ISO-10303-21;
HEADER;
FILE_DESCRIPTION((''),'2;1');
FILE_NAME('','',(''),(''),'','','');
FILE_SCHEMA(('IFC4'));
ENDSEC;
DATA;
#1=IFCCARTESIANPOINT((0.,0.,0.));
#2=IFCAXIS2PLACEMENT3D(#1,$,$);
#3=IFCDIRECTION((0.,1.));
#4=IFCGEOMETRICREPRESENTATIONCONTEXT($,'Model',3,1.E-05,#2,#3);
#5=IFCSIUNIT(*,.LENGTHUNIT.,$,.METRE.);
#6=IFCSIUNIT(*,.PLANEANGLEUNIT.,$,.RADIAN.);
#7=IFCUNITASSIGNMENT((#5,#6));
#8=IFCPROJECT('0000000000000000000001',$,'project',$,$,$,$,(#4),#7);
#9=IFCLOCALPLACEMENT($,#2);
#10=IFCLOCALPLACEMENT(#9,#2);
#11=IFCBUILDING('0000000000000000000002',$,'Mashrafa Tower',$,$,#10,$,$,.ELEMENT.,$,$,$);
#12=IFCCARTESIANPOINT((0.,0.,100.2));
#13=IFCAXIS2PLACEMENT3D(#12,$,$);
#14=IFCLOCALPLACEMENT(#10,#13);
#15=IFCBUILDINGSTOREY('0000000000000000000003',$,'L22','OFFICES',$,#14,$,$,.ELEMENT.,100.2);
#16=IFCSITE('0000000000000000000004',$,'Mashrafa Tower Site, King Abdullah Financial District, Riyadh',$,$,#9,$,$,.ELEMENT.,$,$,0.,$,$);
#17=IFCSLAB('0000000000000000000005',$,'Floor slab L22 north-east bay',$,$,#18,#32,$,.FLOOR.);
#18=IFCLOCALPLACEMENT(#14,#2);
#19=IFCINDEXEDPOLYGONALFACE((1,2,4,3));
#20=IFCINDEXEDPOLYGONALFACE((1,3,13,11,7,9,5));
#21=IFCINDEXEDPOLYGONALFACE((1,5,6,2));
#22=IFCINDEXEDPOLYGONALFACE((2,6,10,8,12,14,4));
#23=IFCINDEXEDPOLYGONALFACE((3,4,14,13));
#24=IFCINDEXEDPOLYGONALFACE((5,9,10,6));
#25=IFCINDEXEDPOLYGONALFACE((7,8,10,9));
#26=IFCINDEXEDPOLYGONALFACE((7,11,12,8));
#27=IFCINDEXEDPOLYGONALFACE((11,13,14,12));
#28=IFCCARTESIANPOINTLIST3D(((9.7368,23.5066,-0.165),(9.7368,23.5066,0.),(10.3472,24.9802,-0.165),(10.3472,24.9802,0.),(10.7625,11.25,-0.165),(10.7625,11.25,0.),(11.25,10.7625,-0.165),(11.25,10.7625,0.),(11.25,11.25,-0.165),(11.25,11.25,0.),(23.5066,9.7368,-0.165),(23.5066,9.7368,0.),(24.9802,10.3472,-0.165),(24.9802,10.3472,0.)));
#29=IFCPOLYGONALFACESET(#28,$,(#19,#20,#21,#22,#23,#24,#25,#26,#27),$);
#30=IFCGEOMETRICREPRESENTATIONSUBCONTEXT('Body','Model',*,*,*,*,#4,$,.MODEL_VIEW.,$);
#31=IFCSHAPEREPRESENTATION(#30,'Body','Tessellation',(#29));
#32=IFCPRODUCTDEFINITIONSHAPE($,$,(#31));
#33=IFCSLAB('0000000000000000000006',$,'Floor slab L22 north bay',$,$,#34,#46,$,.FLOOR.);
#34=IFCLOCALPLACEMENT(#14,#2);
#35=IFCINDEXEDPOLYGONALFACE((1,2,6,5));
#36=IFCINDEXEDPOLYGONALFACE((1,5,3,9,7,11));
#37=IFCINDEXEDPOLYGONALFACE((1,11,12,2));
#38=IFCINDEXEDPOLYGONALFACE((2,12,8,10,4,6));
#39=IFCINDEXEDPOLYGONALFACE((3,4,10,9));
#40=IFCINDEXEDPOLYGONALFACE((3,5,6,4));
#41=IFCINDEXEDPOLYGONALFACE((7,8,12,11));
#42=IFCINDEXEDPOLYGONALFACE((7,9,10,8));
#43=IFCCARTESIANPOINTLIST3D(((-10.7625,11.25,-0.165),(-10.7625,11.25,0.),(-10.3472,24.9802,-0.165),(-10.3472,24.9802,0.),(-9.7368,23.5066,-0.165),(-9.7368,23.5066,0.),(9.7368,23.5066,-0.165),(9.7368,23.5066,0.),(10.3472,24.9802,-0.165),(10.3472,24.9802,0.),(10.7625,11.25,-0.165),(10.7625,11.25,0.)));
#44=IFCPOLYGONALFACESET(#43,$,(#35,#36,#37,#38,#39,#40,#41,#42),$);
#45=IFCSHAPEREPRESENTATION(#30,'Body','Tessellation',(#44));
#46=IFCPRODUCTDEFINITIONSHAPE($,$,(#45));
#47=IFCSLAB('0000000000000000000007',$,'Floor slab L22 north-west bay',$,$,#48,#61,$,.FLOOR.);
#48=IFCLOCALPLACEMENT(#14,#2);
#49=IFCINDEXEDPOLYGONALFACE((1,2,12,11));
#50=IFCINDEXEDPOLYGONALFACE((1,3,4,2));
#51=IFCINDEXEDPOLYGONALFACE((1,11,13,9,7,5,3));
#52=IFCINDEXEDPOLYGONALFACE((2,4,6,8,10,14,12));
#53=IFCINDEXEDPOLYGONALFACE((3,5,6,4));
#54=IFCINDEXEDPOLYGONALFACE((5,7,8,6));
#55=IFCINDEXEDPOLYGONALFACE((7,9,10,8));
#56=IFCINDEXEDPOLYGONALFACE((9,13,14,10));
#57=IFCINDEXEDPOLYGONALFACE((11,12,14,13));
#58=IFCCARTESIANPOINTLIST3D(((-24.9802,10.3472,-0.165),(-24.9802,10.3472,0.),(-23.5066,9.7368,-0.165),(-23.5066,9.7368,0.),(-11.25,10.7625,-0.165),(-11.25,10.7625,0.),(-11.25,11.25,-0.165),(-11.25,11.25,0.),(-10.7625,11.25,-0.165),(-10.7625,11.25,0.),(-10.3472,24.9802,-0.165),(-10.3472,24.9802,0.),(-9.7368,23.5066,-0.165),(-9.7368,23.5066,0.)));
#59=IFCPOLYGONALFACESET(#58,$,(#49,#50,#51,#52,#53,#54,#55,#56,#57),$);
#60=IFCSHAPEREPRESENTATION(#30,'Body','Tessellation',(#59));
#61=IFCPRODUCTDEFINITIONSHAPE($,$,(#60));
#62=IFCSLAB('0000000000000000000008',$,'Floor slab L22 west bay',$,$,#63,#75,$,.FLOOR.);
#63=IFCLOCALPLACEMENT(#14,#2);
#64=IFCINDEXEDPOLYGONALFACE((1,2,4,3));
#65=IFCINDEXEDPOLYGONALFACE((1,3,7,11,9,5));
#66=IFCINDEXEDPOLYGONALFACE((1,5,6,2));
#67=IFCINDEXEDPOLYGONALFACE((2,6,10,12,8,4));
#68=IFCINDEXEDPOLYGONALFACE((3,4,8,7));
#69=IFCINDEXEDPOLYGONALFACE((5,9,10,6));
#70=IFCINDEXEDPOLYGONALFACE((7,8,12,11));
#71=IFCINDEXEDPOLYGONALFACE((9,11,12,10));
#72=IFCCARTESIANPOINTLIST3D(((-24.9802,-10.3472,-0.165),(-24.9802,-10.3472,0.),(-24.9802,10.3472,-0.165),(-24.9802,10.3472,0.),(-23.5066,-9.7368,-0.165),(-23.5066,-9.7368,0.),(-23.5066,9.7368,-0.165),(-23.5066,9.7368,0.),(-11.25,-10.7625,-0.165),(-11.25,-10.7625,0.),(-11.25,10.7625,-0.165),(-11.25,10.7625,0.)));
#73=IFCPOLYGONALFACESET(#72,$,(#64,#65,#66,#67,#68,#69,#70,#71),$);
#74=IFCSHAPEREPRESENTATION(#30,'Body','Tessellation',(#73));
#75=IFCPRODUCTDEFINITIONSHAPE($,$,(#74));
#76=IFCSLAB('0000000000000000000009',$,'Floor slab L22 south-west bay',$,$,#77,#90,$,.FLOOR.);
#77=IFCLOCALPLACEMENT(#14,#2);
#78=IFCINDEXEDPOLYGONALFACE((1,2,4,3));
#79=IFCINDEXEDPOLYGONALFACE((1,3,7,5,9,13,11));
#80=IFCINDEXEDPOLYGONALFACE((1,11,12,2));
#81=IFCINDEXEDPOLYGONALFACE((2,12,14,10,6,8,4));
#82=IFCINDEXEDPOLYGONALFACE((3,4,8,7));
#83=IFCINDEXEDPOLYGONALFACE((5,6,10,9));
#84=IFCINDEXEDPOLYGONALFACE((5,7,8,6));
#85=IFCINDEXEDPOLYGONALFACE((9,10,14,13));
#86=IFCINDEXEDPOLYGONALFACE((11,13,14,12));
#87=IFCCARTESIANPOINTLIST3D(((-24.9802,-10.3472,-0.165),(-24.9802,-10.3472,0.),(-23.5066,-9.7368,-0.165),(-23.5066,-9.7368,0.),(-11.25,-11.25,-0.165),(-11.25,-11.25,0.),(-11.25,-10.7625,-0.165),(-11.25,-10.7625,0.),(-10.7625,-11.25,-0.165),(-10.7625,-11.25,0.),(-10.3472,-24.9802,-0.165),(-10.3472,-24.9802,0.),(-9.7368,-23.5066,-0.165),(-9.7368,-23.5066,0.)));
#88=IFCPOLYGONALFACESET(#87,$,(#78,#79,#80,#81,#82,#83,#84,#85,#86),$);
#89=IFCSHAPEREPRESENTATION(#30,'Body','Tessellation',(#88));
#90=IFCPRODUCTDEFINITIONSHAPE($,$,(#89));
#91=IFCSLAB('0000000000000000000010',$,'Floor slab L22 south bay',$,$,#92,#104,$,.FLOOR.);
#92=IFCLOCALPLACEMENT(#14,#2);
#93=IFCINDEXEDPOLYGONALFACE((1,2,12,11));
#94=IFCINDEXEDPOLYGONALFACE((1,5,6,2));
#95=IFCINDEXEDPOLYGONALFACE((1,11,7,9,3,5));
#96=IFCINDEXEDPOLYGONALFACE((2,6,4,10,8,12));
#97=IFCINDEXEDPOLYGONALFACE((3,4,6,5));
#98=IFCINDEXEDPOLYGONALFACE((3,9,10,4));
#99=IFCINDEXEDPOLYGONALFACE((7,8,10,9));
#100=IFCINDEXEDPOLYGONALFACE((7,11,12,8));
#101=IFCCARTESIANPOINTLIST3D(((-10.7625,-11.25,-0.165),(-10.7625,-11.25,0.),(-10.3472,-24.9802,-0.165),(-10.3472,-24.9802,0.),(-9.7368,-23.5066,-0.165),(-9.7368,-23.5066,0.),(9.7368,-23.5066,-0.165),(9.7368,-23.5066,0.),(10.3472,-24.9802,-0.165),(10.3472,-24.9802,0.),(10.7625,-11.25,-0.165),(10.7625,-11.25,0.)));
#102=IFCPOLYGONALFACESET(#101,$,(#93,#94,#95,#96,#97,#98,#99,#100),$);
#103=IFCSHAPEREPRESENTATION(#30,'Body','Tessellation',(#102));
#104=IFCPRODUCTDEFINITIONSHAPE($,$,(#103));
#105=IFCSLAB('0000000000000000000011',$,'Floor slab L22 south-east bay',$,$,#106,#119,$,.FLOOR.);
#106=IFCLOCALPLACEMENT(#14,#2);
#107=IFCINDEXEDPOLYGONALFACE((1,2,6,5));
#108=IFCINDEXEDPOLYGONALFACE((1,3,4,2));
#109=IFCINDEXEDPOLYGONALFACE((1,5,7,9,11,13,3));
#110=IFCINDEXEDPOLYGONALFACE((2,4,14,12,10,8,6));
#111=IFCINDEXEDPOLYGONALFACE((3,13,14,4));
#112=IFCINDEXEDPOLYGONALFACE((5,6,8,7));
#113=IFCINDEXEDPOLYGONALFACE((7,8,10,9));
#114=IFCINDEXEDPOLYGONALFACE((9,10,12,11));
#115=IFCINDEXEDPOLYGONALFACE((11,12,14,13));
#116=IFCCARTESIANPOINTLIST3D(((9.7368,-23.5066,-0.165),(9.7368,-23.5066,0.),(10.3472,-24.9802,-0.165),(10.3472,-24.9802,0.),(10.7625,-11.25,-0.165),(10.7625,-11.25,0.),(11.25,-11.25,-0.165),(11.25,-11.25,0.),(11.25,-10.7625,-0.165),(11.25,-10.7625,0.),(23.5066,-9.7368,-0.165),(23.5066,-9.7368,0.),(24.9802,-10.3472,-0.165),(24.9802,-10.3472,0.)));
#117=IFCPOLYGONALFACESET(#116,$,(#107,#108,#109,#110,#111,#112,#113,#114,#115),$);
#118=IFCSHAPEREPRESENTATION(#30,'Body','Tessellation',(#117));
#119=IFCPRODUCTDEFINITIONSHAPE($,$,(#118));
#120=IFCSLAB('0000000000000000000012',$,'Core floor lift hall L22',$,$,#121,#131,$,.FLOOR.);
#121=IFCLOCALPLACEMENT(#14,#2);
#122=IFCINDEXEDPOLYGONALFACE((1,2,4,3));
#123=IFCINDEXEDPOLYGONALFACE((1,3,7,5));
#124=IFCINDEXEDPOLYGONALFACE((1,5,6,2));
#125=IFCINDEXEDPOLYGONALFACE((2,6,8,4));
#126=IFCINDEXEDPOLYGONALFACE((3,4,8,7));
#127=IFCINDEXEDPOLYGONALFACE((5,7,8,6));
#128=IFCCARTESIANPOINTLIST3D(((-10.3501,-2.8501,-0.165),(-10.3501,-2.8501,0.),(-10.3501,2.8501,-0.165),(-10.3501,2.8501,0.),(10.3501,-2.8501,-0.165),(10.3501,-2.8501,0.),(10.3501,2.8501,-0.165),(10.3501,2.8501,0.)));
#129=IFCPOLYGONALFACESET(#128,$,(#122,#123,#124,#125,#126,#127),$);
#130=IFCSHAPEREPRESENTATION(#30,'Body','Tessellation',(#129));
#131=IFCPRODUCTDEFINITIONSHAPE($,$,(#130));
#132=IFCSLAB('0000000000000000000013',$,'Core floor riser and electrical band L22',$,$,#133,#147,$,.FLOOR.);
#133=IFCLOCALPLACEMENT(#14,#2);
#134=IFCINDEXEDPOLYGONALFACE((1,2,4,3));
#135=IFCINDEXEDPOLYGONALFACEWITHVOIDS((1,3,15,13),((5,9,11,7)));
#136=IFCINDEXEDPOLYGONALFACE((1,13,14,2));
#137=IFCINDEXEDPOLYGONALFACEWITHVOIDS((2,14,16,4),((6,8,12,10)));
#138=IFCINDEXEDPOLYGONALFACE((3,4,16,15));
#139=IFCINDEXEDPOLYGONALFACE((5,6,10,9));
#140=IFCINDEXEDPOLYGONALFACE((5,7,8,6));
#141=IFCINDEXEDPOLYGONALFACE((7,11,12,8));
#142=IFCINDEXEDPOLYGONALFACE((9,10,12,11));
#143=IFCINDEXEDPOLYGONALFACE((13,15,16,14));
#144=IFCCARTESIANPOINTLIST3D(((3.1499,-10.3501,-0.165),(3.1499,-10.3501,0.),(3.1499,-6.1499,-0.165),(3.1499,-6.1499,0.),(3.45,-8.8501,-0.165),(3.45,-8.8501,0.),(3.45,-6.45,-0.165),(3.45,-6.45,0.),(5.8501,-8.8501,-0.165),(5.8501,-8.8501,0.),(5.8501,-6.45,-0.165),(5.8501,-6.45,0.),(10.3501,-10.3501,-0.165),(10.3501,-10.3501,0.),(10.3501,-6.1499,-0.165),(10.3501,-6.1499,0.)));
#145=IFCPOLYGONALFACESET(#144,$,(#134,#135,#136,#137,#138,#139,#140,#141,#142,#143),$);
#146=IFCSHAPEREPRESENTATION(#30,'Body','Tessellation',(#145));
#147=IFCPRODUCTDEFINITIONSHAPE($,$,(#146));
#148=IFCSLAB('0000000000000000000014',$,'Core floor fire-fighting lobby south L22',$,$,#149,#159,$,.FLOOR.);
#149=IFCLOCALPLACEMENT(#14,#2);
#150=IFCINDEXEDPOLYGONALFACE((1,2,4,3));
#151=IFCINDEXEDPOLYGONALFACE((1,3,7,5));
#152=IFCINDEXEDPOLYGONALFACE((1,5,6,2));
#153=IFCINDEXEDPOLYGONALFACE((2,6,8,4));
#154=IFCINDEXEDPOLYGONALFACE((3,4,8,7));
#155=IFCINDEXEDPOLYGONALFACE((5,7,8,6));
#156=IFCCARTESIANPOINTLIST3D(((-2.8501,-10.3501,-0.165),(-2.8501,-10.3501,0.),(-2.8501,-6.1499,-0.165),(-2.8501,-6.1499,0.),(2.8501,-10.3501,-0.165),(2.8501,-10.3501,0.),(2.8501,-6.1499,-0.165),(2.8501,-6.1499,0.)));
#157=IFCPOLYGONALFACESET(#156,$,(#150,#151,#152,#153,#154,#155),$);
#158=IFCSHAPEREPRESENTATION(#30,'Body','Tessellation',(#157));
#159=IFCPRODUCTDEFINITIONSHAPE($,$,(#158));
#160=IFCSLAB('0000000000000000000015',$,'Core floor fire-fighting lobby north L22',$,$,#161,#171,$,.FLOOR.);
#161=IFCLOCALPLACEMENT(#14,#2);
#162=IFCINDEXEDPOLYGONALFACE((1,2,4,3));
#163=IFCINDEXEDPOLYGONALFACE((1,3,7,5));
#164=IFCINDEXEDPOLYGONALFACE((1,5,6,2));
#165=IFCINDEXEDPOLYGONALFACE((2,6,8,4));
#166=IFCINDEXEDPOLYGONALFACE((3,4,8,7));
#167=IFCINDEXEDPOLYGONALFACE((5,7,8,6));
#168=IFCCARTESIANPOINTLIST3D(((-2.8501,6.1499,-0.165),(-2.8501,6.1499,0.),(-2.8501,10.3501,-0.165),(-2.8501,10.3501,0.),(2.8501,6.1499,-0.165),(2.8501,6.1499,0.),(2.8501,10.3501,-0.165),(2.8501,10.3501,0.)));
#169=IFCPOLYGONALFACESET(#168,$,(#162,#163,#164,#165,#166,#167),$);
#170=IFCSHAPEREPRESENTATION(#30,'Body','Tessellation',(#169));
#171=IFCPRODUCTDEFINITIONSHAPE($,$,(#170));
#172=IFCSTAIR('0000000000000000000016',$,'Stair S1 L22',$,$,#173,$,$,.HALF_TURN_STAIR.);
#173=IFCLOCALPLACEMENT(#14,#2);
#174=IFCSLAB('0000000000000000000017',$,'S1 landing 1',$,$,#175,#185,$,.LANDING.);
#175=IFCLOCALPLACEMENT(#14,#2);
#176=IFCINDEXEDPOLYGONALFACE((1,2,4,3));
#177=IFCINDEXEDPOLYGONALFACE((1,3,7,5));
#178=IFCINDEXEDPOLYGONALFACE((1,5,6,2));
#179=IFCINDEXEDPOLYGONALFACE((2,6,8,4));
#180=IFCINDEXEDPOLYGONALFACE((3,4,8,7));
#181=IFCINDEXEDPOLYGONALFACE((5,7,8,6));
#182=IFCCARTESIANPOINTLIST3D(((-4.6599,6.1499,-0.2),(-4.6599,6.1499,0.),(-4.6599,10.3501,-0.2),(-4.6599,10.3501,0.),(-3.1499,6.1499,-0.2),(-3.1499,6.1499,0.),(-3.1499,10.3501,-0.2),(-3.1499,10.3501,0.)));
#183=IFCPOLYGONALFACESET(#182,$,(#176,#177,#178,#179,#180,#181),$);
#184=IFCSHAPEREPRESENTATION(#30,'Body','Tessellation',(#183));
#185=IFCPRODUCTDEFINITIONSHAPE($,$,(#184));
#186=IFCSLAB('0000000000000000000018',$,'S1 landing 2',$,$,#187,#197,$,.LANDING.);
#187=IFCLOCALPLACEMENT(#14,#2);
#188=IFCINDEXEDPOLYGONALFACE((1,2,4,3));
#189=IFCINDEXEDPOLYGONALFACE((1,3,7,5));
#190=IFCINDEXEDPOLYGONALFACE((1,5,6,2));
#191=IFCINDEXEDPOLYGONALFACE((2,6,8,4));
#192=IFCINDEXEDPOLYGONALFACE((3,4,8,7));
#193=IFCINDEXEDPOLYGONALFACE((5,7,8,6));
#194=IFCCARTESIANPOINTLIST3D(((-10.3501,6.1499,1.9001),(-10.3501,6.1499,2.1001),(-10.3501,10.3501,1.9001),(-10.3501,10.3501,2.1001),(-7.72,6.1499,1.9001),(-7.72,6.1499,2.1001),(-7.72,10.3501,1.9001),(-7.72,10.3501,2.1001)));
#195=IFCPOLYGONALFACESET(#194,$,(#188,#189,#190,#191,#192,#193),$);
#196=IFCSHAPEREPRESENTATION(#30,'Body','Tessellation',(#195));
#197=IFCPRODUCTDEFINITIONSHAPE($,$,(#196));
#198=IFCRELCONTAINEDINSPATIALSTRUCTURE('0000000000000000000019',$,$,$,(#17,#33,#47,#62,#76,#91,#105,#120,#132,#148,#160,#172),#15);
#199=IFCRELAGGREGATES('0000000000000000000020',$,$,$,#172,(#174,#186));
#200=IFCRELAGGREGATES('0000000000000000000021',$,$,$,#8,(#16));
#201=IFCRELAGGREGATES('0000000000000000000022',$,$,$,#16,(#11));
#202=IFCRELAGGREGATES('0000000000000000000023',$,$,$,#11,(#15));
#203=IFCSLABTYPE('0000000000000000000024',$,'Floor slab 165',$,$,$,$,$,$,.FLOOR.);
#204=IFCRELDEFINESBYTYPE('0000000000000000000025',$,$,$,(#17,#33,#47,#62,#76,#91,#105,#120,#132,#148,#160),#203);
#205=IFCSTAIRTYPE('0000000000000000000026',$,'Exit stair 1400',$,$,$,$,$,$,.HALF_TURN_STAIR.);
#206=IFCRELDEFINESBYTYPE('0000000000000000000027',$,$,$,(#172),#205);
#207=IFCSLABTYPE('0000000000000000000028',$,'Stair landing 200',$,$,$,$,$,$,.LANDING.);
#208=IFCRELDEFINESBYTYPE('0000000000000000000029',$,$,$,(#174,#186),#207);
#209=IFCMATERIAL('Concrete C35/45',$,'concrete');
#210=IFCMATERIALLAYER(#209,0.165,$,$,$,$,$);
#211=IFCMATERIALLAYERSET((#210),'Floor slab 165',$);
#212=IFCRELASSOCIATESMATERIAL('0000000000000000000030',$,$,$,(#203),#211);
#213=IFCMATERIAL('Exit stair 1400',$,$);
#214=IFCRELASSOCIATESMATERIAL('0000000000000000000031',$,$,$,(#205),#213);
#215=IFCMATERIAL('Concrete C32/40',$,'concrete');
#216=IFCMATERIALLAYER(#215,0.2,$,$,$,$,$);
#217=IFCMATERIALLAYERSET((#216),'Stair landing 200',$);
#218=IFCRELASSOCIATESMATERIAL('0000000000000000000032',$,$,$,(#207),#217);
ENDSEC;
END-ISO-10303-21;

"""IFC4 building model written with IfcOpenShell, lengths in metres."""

from ifc_helpers import new_model, si_unit, direction, frame, origin, place, context, subcontext, project, spatial, polyline, outline, extrude, material, layer, layer_set, type_object, element, aggregate, save


model = new_model("IFC4")

# Units and contexts
model_context = context("Model", 3, precision=1e-05, world=origin(), true_north=direction((0.0, 1.0)))
body_context = subcontext(model_context, "Body", "Model", "MODEL_VIEW")
ifc_project = project(units=[si_unit("LENGTHUNIT", "METRE"), si_unit("PLANEANGLEUNIT", "RADIAN")], contexts=[model_context])

# Site, building, storey
site_placement = place(None, origin())
site = spatial("IfcSite", under=ifc_project, at=site_placement, Name="Mashrafa Tower Site, King Abdullah Financial District, Riyadh", CompositionType="ELEMENT", RefElevation=0.0)
building_placement = place(site_placement, origin())
building = spatial("IfcBuilding", under=site, at=building_placement, Name="Mashrafa Tower", CompositionType="ELEMENT")
storey_placement = place(building_placement, frame((0.0, 0.0, 100.2)))
storey = spatial("IfcBuildingStorey", under=building, at=storey_placement, Name="L22", Description="OFFICES", CompositionType="ELEMENT", Elevation=100.2)

# Slabs
ifc_material_1 = material(Name="Concrete C35/45", Category="concrete")
ifc_layer_1 = layer(ifc_material_1, 0.165)
ifc_layer_set_1 = layer_set([ifc_layer_1], Name="Floor slab 165")
slab_type_1 = type_object("IfcSlabType", Name="Floor slab 165", PredefinedType="FLOOR", material=ifc_layer_set_1)
slab_1_placement = place(storey_placement, frame((0.0, 0.0, -0.165)))
element("IfcSlab", 1, at=slab_1_placement, inside=storey, type_object=slab_type_1, Name="Floor slab L22 north-east bay", PredefinedType="FLOOR", context=body_context, shape_type="SweptSolid", body=[
    extrude(outline(polyline([(24.9802, 10.3472), (23.5066, 9.7368), (11.25, 10.7625), (11.25, 11.25), (10.7625, 11.25), (9.7368, 23.5066), (10.3472, 24.9802), (24.9802, 10.3472)])), origin(), (0.0, 0.0, 1.0), 0.165),
])
slab_2_placement = place(storey_placement, frame((0.0, 0.0, -0.165)))
element("IfcSlab", 2, at=slab_2_placement, inside=storey, type_object=slab_type_1, Name="Floor slab L22 north bay", PredefinedType="FLOOR", context=body_context, shape_type="SweptSolid", body=[
    extrude(outline(polyline([(-10.3472, 24.9802), (10.3472, 24.9802), (10.3472, 24.9802), (9.7368, 23.5066), (10.7625, 11.25), (-10.7625, 11.25), (-9.7368, 23.5066), (-10.3472, 24.9802), (-10.3472, 24.9802)])), origin(), (0.0, 0.0, 1.0), 0.165),
])
slab_3_placement = place(storey_placement, frame((0.0, 0.0, -0.165)))
element("IfcSlab", 3, at=slab_3_placement, inside=storey, type_object=slab_type_1, Name="Floor slab L22 north-west bay", PredefinedType="FLOOR", context=body_context, shape_type="SweptSolid", body=[
    extrude(outline(polyline([(-10.3472, 24.9802), (-9.7368, 23.5066), (-10.7625, 11.25), (-11.25, 11.25), (-11.25, 10.7625), (-23.5066, 9.7368), (-24.9802, 10.3472), (-10.3472, 24.9802)])), origin(), (0.0, 0.0, 1.0), 0.165),
])
slab_4_placement = place(storey_placement, frame((0.0, 0.0, -0.165)))
element("IfcSlab", 4, at=slab_4_placement, inside=storey, type_object=slab_type_1, Name="Floor slab L22 west bay", PredefinedType="FLOOR", context=body_context, shape_type="SweptSolid", body=[
    extrude(outline(polyline([(-24.9802, -10.3472), (-24.9802, 10.3472), (-24.9802, 10.3472), (-23.5066, 9.7368), (-11.25, 10.7625), (-11.25, -10.7625), (-23.5066, -9.7368), (-24.9802, -10.3472), (-24.9802, -10.3472)])), origin(), (0.0, 0.0, 1.0), 0.165),
])
slab_5_placement = place(storey_placement, frame((0.0, 0.0, -0.165)))
element("IfcSlab", 5, at=slab_5_placement, inside=storey, type_object=slab_type_1, Name="Floor slab L22 south-west bay", PredefinedType="FLOOR", context=body_context, shape_type="SweptSolid", body=[
    extrude(outline(polyline([(-24.9802, -10.3472), (-23.5066, -9.7368), (-11.25, -10.7625), (-11.25, -11.25), (-10.7625, -11.25), (-9.7368, -23.5066), (-10.3472, -24.9802), (-24.9802, -10.3472)])), origin(), (0.0, 0.0, 1.0), 0.165),
])
slab_6_placement = place(storey_placement, frame((0.0, 0.0, -0.165)))
element("IfcSlab", 6, at=slab_6_placement, inside=storey, type_object=slab_type_1, Name="Floor slab L22 south bay", PredefinedType="FLOOR", context=body_context, shape_type="SweptSolid", body=[
    extrude(outline(polyline([(-10.3472, -24.9802), (-10.3472, -24.9802), (-9.7368, -23.5066), (-10.7625, -11.25), (10.7625, -11.25), (9.7368, -23.5066), (10.3472, -24.9802), (10.3472, -24.9802), (-10.3472, -24.9802)])), origin(), (0.0, 0.0, 1.0), 0.165),
])
slab_7_placement = place(storey_placement, frame((0.0, 0.0, -0.165)))
element("IfcSlab", 7, at=slab_7_placement, inside=storey, type_object=slab_type_1, Name="Floor slab L22 south-east bay", PredefinedType="FLOOR", context=body_context, shape_type="SweptSolid", body=[
    extrude(outline(polyline([(10.3472, -24.9802), (9.7368, -23.5066), (10.7625, -11.25), (11.25, -11.25), (11.25, -10.7625), (23.5066, -9.7368), (24.9802, -10.3472), (10.3472, -24.9802)])), origin(), (0.0, 0.0, 1.0), 0.165),
])
slab_8_placement = place(storey_placement, frame((0.0, 0.0, -0.165)))
element("IfcSlab", 8, at=slab_8_placement, inside=storey, type_object=slab_type_1, Name="Core floor lift hall L22", PredefinedType="FLOOR", context=body_context, shape_type="SweptSolid", body=[
    extrude(outline(polyline([(-10.3501, 2.8501), (10.3501, 2.8501), (10.3501, -2.8501), (-10.3501, -2.8501), (-10.3501, 2.8501)])), origin(), (0.0, 0.0, 1.0), 0.165),
])
slab_9_placement = place(storey_placement, frame((0.0, 0.0, -0.165)))
element("IfcSlab", 9, at=slab_9_placement, inside=storey, type_object=slab_type_1, Name="Core floor riser and electrical band L22", PredefinedType="FLOOR", context=body_context, shape_type="SweptSolid", body=[
    extrude(outline(polyline([(10.3501, -6.1499), (10.3501, -10.3501), (3.1499, -10.3501), (3.1499, -6.1499), (10.3501, -6.1499)]), holes=[polyline([(3.45, -8.8501), (5.8501, -8.8501), (5.8501, -6.45), (3.45, -6.45), (3.45, -8.8501)])]), origin(), (0.0, 0.0, 1.0), 0.165),
])
slab_10_placement = place(storey_placement, frame((0.0, 0.0, -0.165)))
element("IfcSlab", 10, at=slab_10_placement, inside=storey, type_object=slab_type_1, Name="Core floor fire-fighting lobby south L22", PredefinedType="FLOOR", context=body_context, shape_type="SweptSolid", body=[
    extrude(outline(polyline([(2.8501, -6.1499), (2.8501, -10.3501), (-2.8501, -10.3501), (-2.8501, -6.1499), (2.8501, -6.1499)])), origin(), (0.0, 0.0, 1.0), 0.165),
])
slab_11_placement = place(storey_placement, frame((0.0, 0.0, -0.165)))
element("IfcSlab", 11, at=slab_11_placement, inside=storey, type_object=slab_type_1, Name="Core floor fire-fighting lobby north L22", PredefinedType="FLOOR", context=body_context, shape_type="SweptSolid", body=[
    extrude(outline(polyline([(-2.8501, 10.3501), (2.8501, 10.3501), (2.8501, 6.1499), (-2.8501, 6.1499), (-2.8501, 10.3501)])), origin(), (0.0, 0.0, 1.0), 0.165),
])

# Stair, slabs
ifc_material_2 = material(Name="Exit stair 1400")
stair_type = type_object("IfcStairType", Name="Exit stair 1400", PredefinedType="HALF_TURN_STAIR", material=ifc_material_2)
stair_placement = place(storey_placement, origin())
stair = element("IfcStair", 12, at=stair_placement, inside=storey, type_object=stair_type, Name="Stair S1 L22", PredefinedType="HALF_TURN_STAIR")
ifc_material_3 = material(Name="Concrete C32/40", Category="concrete")
ifc_layer_2 = layer(ifc_material_3, 0.2)
ifc_layer_set_2 = layer_set([ifc_layer_2], Name="Stair landing 200")
slab_type_2 = type_object("IfcSlabType", Name="Stair landing 200", PredefinedType="LANDING", material=ifc_layer_set_2)
slab_12_placement = place(storey_placement, frame((0.0, 0.0, -0.2)))
slab_12 = element("IfcSlab", 13, at=slab_12_placement, type_object=slab_type_2, Name="S1 landing 1", PredefinedType="LANDING", context=body_context, shape_type="SweptSolid", body=[
    extrude(outline(polyline([(-4.6599, 6.1499), (-3.1499, 6.1499), (-3.1499, 10.3501), (-4.6599, 10.3501), (-4.6599, 6.1499)])), origin(), (0.0, 0.0, 1.0), 0.2),
])
slab_13_placement = place(storey_placement, frame((0.0, 0.0, 1.9001)))
slab_13 = element("IfcSlab", 14, at=slab_13_placement, type_object=slab_type_2, Name="S1 landing 2", PredefinedType="LANDING", context=body_context, shape_type="SweptSolid", body=[
    extrude(outline(polyline([(-10.3501, 6.1499), (-7.72, 6.1499), (-7.72, 10.3501), (-10.3501, 10.3501), (-10.3501, 6.1499)])), origin(), (0.0, 0.0, 1.0), 0.2),
])
aggregate(stair, [slab_12, slab_13])

save(model, "model.ifc")
